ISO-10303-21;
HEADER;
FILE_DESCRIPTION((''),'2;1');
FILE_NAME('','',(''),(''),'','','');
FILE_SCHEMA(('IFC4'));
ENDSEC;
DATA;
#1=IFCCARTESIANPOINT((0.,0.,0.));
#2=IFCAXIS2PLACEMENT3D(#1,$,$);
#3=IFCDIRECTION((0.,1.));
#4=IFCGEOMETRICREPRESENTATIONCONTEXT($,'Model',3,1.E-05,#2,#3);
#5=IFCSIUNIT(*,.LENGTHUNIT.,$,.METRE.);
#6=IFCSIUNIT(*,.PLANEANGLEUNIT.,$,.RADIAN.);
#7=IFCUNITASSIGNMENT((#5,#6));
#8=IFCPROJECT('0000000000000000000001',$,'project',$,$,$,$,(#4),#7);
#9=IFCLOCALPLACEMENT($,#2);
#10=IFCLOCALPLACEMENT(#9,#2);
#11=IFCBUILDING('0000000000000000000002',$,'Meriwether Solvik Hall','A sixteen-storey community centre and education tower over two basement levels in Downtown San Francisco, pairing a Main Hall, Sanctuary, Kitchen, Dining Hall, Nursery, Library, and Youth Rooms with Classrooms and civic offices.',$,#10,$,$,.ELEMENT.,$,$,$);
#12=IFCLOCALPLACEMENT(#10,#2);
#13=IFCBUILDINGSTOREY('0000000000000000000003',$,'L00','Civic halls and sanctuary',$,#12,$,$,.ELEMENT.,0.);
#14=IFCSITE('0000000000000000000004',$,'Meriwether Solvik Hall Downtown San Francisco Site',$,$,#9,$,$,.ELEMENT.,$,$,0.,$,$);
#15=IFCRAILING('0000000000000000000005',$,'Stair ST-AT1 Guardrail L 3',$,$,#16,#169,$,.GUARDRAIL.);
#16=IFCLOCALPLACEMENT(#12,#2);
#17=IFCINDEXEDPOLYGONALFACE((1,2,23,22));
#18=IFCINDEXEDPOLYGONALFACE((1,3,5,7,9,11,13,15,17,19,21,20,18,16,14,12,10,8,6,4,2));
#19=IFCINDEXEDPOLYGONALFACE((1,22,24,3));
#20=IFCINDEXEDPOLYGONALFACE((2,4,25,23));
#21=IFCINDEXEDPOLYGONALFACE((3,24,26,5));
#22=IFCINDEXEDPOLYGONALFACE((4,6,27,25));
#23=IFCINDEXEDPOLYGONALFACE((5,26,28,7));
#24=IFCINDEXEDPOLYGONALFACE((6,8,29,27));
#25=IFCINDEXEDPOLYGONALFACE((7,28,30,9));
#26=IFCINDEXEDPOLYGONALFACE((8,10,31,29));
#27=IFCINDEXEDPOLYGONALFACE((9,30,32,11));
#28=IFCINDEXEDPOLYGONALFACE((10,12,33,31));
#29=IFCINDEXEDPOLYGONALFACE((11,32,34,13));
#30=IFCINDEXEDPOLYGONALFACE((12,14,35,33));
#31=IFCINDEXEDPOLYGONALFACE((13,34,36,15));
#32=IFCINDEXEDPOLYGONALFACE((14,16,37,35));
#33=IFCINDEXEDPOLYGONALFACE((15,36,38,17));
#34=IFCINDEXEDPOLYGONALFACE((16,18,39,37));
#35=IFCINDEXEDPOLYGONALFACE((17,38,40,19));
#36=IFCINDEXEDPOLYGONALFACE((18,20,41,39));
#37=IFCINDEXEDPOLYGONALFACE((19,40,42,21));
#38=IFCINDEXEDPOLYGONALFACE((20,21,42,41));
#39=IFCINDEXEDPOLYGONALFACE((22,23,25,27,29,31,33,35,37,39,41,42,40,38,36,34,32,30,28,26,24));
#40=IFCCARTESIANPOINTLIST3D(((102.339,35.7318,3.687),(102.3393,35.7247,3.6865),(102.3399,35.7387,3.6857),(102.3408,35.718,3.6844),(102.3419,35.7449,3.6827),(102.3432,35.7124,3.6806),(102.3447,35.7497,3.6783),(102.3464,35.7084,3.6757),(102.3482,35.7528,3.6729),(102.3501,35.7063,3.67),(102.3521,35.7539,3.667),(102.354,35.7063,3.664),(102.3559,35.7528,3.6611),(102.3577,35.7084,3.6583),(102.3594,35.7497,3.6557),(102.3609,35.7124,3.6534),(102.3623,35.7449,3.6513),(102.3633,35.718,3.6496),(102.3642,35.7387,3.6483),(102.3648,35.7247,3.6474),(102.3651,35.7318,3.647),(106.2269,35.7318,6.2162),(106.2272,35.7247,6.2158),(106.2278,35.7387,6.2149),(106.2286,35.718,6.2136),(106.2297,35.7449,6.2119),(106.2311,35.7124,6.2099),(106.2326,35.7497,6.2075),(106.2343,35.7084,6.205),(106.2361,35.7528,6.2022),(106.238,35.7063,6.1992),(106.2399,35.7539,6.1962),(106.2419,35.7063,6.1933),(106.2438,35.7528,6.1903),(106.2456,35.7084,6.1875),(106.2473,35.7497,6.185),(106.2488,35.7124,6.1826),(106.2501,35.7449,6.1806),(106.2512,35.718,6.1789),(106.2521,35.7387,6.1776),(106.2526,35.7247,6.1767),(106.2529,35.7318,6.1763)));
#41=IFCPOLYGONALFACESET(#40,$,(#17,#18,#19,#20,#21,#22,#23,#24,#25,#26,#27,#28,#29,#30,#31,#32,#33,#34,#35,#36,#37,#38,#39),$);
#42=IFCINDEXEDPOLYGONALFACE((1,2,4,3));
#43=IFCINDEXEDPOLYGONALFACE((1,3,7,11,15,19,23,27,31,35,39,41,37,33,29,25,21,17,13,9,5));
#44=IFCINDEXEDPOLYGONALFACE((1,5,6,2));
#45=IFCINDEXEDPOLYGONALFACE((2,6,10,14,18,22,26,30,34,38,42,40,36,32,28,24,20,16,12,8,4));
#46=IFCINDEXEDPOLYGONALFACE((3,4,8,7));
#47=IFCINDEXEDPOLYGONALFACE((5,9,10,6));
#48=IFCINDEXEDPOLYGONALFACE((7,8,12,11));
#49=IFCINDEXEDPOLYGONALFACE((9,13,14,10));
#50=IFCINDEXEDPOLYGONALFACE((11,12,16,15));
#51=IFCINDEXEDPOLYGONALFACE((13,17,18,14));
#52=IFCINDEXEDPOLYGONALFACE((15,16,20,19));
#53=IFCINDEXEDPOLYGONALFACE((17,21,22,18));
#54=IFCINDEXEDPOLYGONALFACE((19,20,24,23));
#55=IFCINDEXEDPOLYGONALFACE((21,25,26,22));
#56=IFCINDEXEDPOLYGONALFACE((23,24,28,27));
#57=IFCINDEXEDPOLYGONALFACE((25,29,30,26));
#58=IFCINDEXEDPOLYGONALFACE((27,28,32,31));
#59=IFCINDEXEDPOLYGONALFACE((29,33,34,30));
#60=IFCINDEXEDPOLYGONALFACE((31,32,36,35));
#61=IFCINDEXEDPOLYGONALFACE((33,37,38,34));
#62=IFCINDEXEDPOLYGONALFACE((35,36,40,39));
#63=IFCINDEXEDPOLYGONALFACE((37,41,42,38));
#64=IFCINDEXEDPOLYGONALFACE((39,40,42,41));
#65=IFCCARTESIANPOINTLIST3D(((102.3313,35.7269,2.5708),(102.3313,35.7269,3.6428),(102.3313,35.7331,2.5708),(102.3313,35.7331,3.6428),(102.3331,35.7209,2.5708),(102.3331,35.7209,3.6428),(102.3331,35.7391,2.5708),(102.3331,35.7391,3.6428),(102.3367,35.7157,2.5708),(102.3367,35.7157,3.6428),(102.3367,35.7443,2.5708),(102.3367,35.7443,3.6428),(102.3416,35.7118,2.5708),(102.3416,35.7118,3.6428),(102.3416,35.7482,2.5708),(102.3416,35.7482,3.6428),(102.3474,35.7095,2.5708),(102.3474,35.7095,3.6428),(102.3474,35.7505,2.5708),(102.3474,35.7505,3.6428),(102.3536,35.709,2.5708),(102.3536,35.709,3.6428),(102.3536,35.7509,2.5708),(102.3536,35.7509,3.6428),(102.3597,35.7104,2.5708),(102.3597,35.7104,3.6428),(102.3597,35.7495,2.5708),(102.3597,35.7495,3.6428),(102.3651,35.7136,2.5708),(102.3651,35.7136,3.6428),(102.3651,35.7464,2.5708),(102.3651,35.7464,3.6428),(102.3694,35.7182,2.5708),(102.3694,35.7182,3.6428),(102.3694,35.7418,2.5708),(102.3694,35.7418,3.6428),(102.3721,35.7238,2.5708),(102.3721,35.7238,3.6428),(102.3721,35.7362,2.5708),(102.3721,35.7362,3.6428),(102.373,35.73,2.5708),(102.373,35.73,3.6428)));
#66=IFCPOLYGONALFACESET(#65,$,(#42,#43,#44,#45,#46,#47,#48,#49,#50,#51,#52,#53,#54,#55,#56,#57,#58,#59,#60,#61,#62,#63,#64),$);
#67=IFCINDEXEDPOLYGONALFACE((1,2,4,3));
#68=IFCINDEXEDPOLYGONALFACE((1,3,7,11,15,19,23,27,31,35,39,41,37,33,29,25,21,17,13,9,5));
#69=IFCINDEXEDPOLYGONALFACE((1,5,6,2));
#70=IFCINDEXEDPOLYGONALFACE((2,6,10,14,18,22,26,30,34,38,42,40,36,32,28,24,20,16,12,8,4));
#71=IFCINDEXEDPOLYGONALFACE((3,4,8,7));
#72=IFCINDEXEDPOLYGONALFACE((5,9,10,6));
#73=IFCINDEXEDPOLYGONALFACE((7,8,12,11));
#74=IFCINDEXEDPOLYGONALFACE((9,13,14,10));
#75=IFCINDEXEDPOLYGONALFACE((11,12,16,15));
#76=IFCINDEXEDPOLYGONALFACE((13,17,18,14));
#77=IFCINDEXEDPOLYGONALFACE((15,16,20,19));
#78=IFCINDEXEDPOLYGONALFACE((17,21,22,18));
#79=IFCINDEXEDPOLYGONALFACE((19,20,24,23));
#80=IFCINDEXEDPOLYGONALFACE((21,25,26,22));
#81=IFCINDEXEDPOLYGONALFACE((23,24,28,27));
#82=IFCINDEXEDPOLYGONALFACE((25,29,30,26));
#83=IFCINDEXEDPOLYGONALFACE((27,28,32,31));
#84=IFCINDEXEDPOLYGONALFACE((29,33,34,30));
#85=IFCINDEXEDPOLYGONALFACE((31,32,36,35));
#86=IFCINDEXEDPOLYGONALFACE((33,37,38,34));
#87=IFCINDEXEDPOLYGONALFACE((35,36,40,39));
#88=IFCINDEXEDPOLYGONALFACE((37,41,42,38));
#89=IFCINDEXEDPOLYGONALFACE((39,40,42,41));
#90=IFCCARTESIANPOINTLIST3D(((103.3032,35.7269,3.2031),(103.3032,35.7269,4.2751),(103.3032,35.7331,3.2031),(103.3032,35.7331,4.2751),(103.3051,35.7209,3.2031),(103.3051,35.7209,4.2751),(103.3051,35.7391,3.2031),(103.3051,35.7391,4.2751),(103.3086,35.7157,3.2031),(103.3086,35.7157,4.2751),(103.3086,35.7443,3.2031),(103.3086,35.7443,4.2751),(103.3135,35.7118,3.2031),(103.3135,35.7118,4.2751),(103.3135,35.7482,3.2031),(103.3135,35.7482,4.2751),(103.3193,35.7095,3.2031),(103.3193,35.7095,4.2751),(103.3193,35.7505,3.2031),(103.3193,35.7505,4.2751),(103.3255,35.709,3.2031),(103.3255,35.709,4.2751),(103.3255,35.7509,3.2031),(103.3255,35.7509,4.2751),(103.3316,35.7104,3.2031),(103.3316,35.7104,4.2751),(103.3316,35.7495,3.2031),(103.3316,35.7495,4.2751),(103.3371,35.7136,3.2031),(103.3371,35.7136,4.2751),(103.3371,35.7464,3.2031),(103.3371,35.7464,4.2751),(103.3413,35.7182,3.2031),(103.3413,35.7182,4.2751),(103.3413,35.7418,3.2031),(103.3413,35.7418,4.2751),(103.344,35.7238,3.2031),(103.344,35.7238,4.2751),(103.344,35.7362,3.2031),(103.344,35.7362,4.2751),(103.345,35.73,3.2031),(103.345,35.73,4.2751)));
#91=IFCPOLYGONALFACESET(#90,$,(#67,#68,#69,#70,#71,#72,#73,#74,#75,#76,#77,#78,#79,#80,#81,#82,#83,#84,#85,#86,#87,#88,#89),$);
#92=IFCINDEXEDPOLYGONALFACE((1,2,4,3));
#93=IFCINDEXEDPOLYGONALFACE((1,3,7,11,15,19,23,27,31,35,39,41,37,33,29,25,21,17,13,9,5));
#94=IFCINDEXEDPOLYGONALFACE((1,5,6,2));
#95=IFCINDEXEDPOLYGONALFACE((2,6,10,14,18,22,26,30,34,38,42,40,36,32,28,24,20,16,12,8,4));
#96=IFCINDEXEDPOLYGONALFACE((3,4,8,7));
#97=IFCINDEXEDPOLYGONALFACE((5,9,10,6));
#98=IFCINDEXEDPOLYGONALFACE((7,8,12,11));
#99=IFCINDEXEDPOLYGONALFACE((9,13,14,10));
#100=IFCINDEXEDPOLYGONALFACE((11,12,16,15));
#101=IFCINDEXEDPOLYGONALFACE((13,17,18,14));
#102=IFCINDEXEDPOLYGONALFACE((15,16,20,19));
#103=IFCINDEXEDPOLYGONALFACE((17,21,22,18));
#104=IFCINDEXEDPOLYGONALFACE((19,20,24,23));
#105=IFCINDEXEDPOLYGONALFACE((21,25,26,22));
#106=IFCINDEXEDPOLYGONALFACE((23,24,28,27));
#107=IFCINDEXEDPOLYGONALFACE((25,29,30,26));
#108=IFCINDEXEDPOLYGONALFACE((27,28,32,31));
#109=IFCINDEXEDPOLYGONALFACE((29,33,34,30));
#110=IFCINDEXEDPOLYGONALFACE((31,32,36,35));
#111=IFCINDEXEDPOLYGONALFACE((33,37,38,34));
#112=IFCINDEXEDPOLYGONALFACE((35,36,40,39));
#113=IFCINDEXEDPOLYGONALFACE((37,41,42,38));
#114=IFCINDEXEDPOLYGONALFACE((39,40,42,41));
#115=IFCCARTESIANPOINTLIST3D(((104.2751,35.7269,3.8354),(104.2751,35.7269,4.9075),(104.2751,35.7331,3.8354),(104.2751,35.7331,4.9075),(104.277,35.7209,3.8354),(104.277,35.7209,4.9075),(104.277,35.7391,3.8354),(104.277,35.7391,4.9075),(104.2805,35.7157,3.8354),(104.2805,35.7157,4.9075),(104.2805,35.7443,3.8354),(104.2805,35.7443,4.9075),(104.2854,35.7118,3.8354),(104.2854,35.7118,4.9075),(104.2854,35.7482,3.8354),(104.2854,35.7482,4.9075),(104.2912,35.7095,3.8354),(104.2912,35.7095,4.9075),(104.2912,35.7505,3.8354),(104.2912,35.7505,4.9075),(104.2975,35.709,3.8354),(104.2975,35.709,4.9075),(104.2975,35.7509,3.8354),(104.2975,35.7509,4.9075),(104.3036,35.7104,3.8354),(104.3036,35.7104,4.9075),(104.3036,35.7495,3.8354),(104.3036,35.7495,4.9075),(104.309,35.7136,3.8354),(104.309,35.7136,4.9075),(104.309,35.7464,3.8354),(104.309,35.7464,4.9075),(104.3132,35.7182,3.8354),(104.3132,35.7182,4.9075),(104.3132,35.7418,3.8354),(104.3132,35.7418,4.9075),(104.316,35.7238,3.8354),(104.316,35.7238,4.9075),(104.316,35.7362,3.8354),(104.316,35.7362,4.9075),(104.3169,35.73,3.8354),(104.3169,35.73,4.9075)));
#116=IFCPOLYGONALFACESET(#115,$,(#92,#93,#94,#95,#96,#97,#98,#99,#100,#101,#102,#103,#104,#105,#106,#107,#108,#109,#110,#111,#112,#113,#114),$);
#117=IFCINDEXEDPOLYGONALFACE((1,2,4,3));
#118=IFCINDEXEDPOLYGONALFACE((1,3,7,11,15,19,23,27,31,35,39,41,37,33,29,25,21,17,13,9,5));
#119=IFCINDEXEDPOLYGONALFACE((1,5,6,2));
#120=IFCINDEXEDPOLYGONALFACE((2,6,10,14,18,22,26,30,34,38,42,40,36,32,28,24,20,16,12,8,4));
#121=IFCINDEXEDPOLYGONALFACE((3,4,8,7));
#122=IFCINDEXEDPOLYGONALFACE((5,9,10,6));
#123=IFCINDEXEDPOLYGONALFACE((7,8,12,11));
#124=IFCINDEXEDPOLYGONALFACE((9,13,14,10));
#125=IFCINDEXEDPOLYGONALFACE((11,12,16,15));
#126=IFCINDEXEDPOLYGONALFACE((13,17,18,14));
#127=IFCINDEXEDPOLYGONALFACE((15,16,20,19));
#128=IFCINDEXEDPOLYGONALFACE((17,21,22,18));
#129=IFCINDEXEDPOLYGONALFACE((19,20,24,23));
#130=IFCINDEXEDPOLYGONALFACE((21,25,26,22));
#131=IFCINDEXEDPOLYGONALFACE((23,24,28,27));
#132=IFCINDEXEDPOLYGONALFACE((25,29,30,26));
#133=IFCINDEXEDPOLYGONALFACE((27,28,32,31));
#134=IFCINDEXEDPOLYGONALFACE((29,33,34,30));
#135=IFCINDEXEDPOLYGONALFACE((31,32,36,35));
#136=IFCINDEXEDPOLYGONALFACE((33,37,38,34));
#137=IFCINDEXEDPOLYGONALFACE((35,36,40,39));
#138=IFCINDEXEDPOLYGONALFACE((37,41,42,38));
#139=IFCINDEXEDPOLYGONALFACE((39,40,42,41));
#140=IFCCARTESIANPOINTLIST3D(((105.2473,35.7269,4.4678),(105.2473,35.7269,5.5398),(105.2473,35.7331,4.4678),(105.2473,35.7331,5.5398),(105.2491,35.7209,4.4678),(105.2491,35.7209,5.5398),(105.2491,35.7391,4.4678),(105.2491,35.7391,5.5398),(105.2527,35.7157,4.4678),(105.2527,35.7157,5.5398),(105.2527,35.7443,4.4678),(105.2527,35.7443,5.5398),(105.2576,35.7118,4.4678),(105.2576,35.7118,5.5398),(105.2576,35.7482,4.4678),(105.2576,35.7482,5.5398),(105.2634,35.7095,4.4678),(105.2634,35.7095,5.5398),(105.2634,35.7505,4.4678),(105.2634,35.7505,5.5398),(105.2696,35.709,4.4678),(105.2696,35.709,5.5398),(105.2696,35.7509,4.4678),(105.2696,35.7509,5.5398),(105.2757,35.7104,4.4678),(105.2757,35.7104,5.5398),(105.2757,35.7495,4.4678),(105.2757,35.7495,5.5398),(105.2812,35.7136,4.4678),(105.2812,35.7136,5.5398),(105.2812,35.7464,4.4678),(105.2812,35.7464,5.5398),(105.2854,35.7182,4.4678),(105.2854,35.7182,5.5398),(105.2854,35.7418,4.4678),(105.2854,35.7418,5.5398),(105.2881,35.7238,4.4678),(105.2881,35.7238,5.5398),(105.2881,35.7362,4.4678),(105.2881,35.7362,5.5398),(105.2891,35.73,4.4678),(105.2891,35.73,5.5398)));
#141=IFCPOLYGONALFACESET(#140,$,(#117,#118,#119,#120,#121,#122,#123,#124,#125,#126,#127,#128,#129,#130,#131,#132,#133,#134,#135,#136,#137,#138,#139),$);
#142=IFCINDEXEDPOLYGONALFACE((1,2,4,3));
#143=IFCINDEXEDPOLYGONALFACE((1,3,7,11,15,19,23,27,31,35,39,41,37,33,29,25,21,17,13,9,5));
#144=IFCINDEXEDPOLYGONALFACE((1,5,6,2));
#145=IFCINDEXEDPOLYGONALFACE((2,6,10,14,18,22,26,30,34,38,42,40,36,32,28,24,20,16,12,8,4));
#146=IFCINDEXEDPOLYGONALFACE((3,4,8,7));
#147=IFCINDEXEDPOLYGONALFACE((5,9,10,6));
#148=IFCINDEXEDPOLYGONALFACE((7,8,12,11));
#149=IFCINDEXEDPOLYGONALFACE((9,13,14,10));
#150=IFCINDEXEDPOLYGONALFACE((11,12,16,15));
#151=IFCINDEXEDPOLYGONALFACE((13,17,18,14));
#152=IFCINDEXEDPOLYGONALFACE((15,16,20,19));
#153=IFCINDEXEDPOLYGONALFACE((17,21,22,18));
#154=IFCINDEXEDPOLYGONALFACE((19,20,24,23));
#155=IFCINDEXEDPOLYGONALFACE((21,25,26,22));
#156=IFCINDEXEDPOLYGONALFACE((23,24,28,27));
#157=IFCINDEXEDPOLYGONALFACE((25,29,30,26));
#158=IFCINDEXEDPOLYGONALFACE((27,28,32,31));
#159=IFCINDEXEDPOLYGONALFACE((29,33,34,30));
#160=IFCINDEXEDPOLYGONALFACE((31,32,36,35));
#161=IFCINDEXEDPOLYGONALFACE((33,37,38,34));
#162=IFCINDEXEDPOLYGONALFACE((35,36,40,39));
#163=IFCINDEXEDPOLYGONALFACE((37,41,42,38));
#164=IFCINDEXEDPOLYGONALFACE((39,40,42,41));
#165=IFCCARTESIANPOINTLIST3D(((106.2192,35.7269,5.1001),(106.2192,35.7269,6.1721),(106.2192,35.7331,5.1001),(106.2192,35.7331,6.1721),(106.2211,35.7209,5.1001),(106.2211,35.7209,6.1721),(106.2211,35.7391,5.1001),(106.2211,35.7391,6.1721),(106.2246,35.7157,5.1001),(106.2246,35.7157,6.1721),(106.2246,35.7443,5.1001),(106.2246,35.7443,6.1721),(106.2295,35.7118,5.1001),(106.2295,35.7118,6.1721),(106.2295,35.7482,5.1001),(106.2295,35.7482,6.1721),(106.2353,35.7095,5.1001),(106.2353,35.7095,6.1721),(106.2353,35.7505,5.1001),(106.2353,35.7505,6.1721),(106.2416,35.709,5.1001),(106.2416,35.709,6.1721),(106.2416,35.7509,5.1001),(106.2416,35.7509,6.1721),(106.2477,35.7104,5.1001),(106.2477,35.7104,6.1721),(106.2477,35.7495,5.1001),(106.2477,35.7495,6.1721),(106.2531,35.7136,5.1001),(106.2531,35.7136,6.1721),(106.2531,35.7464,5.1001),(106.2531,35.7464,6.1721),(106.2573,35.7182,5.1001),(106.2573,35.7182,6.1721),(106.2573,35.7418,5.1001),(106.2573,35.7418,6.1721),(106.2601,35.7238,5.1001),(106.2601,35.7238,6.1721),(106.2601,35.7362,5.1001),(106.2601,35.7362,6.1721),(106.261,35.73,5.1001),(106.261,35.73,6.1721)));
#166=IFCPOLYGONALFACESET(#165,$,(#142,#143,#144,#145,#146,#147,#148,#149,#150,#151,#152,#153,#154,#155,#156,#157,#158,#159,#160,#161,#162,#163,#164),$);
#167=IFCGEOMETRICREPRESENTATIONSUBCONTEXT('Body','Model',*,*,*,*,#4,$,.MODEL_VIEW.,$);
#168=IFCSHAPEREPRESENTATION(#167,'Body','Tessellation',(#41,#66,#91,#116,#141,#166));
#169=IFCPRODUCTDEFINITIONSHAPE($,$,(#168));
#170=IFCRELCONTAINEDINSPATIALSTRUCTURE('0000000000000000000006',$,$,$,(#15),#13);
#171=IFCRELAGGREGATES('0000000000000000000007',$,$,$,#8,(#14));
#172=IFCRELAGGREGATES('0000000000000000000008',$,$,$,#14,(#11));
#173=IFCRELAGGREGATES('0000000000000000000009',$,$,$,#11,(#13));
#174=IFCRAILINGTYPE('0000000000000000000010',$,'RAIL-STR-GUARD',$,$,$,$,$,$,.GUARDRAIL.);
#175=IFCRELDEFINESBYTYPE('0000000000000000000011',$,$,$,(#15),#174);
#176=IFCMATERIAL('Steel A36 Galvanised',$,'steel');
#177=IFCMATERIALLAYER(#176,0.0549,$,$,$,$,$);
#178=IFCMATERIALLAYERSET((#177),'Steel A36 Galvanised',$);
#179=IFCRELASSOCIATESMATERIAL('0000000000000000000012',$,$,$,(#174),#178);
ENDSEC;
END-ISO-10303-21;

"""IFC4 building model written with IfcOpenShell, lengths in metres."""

from ifc_helpers import new_model, si_unit, direction, frame, origin, origin_2d, place, context, subcontext, project, spatial, circle, extrude, material, layer, layer_set, type_object, element, save


model = new_model("IFC4")

# Units and contexts
model_context = context("Model", 3, precision=1e-05, world=origin(), true_north=direction((0.0, 1.0)))
body_context = subcontext(model_context, "Body", "Model", "MODEL_VIEW")
ifc_project = project(units=[si_unit("LENGTHUNIT", "METRE"), si_unit("PLANEANGLEUNIT", "RADIAN")], contexts=[model_context])

# Site, building, storey
site_placement = place(None, origin())
site = spatial("IfcSite", under=ifc_project, at=site_placement, Name="Meriwether Solvik Hall Downtown San Francisco Site", CompositionType="ELEMENT", RefElevation=0.0)
building_placement = place(site_placement, origin())
building = spatial("IfcBuilding", under=site, at=building_placement, Name="Meriwether Solvik Hall", Description="A sixteen-storey community centre and education tower over two basement levels in Downtown San Francisco, pairing a Main Hall, Sanctuary, Kitchen, Dining Hall, Nursery, Library, and Youth Rooms with Classrooms and civic offices.", CompositionType="ELEMENT")
storey_placement = place(building_placement, origin())
storey = spatial("IfcBuildingStorey", under=building, at=storey_placement, Name="L00", Description="Civic halls and sanctuary", CompositionType="ELEMENT", Elevation=0.0)

# Railing
ifc_material_1 = material(Name="Steel A36 Galvanised", Category="steel")
ifc_layer_1 = layer(ifc_material_1, 0.0549)
ifc_layer_set_1 = layer_set([ifc_layer_1], Name="Steel A36 Galvanised")
railing_type_1 = type_object("IfcRailingType", Name="RAIL-STR-GUARD", PredefinedType="GUARDRAIL", material=ifc_layer_set_1)
for number, where, name in (
    (1, (102.3521, 35.73, 2.5708), "Stair ST-AT1 Guardrail L 3"),
):
    element("IfcRailing", number, at=place(storey_placement, frame(where)), inside=storey, type_object=railing_type_1, Name=name, PredefinedType="GUARDRAIL", context=body_context, shape_type="SweptSolid", body=[
        extrude(circle(Radius=0.0239, at=origin_2d()), frame((0.0, 0.0, 1.0962), z_axis=(0.838233, 0.0, 0.545312), x_axis=(0.0, 1.0, 0.0)), (0.0, 0.0, 1.0), 4.6382),
        extrude(circle(Radius=0.021, at=origin_2d()), origin(), (0.0, 0.0, 1.0), 1.072),
        extrude(circle(Radius=0.021, at=origin_2d()), frame((0.9719, 0.0, 0.6323)), (0.0, 0.0, 1.0), 1.072),
        extrude(circle(Radius=0.021, at=origin_2d()), frame((1.9438, 0.0, 1.2646)), (0.0, 0.0, 1.0), 1.072),
        extrude(circle(Radius=0.021, at=origin_2d()), frame((2.916, 0.0, 1.897)), (0.0, 0.0, 1.0), 1.072),
        extrude(circle(Radius=0.021, at=origin_2d()), frame((3.8879, 0.0, 2.5293)), (0.0, 0.0, 1.0), 1.072),
    ])

save(model, "model.ifc")
